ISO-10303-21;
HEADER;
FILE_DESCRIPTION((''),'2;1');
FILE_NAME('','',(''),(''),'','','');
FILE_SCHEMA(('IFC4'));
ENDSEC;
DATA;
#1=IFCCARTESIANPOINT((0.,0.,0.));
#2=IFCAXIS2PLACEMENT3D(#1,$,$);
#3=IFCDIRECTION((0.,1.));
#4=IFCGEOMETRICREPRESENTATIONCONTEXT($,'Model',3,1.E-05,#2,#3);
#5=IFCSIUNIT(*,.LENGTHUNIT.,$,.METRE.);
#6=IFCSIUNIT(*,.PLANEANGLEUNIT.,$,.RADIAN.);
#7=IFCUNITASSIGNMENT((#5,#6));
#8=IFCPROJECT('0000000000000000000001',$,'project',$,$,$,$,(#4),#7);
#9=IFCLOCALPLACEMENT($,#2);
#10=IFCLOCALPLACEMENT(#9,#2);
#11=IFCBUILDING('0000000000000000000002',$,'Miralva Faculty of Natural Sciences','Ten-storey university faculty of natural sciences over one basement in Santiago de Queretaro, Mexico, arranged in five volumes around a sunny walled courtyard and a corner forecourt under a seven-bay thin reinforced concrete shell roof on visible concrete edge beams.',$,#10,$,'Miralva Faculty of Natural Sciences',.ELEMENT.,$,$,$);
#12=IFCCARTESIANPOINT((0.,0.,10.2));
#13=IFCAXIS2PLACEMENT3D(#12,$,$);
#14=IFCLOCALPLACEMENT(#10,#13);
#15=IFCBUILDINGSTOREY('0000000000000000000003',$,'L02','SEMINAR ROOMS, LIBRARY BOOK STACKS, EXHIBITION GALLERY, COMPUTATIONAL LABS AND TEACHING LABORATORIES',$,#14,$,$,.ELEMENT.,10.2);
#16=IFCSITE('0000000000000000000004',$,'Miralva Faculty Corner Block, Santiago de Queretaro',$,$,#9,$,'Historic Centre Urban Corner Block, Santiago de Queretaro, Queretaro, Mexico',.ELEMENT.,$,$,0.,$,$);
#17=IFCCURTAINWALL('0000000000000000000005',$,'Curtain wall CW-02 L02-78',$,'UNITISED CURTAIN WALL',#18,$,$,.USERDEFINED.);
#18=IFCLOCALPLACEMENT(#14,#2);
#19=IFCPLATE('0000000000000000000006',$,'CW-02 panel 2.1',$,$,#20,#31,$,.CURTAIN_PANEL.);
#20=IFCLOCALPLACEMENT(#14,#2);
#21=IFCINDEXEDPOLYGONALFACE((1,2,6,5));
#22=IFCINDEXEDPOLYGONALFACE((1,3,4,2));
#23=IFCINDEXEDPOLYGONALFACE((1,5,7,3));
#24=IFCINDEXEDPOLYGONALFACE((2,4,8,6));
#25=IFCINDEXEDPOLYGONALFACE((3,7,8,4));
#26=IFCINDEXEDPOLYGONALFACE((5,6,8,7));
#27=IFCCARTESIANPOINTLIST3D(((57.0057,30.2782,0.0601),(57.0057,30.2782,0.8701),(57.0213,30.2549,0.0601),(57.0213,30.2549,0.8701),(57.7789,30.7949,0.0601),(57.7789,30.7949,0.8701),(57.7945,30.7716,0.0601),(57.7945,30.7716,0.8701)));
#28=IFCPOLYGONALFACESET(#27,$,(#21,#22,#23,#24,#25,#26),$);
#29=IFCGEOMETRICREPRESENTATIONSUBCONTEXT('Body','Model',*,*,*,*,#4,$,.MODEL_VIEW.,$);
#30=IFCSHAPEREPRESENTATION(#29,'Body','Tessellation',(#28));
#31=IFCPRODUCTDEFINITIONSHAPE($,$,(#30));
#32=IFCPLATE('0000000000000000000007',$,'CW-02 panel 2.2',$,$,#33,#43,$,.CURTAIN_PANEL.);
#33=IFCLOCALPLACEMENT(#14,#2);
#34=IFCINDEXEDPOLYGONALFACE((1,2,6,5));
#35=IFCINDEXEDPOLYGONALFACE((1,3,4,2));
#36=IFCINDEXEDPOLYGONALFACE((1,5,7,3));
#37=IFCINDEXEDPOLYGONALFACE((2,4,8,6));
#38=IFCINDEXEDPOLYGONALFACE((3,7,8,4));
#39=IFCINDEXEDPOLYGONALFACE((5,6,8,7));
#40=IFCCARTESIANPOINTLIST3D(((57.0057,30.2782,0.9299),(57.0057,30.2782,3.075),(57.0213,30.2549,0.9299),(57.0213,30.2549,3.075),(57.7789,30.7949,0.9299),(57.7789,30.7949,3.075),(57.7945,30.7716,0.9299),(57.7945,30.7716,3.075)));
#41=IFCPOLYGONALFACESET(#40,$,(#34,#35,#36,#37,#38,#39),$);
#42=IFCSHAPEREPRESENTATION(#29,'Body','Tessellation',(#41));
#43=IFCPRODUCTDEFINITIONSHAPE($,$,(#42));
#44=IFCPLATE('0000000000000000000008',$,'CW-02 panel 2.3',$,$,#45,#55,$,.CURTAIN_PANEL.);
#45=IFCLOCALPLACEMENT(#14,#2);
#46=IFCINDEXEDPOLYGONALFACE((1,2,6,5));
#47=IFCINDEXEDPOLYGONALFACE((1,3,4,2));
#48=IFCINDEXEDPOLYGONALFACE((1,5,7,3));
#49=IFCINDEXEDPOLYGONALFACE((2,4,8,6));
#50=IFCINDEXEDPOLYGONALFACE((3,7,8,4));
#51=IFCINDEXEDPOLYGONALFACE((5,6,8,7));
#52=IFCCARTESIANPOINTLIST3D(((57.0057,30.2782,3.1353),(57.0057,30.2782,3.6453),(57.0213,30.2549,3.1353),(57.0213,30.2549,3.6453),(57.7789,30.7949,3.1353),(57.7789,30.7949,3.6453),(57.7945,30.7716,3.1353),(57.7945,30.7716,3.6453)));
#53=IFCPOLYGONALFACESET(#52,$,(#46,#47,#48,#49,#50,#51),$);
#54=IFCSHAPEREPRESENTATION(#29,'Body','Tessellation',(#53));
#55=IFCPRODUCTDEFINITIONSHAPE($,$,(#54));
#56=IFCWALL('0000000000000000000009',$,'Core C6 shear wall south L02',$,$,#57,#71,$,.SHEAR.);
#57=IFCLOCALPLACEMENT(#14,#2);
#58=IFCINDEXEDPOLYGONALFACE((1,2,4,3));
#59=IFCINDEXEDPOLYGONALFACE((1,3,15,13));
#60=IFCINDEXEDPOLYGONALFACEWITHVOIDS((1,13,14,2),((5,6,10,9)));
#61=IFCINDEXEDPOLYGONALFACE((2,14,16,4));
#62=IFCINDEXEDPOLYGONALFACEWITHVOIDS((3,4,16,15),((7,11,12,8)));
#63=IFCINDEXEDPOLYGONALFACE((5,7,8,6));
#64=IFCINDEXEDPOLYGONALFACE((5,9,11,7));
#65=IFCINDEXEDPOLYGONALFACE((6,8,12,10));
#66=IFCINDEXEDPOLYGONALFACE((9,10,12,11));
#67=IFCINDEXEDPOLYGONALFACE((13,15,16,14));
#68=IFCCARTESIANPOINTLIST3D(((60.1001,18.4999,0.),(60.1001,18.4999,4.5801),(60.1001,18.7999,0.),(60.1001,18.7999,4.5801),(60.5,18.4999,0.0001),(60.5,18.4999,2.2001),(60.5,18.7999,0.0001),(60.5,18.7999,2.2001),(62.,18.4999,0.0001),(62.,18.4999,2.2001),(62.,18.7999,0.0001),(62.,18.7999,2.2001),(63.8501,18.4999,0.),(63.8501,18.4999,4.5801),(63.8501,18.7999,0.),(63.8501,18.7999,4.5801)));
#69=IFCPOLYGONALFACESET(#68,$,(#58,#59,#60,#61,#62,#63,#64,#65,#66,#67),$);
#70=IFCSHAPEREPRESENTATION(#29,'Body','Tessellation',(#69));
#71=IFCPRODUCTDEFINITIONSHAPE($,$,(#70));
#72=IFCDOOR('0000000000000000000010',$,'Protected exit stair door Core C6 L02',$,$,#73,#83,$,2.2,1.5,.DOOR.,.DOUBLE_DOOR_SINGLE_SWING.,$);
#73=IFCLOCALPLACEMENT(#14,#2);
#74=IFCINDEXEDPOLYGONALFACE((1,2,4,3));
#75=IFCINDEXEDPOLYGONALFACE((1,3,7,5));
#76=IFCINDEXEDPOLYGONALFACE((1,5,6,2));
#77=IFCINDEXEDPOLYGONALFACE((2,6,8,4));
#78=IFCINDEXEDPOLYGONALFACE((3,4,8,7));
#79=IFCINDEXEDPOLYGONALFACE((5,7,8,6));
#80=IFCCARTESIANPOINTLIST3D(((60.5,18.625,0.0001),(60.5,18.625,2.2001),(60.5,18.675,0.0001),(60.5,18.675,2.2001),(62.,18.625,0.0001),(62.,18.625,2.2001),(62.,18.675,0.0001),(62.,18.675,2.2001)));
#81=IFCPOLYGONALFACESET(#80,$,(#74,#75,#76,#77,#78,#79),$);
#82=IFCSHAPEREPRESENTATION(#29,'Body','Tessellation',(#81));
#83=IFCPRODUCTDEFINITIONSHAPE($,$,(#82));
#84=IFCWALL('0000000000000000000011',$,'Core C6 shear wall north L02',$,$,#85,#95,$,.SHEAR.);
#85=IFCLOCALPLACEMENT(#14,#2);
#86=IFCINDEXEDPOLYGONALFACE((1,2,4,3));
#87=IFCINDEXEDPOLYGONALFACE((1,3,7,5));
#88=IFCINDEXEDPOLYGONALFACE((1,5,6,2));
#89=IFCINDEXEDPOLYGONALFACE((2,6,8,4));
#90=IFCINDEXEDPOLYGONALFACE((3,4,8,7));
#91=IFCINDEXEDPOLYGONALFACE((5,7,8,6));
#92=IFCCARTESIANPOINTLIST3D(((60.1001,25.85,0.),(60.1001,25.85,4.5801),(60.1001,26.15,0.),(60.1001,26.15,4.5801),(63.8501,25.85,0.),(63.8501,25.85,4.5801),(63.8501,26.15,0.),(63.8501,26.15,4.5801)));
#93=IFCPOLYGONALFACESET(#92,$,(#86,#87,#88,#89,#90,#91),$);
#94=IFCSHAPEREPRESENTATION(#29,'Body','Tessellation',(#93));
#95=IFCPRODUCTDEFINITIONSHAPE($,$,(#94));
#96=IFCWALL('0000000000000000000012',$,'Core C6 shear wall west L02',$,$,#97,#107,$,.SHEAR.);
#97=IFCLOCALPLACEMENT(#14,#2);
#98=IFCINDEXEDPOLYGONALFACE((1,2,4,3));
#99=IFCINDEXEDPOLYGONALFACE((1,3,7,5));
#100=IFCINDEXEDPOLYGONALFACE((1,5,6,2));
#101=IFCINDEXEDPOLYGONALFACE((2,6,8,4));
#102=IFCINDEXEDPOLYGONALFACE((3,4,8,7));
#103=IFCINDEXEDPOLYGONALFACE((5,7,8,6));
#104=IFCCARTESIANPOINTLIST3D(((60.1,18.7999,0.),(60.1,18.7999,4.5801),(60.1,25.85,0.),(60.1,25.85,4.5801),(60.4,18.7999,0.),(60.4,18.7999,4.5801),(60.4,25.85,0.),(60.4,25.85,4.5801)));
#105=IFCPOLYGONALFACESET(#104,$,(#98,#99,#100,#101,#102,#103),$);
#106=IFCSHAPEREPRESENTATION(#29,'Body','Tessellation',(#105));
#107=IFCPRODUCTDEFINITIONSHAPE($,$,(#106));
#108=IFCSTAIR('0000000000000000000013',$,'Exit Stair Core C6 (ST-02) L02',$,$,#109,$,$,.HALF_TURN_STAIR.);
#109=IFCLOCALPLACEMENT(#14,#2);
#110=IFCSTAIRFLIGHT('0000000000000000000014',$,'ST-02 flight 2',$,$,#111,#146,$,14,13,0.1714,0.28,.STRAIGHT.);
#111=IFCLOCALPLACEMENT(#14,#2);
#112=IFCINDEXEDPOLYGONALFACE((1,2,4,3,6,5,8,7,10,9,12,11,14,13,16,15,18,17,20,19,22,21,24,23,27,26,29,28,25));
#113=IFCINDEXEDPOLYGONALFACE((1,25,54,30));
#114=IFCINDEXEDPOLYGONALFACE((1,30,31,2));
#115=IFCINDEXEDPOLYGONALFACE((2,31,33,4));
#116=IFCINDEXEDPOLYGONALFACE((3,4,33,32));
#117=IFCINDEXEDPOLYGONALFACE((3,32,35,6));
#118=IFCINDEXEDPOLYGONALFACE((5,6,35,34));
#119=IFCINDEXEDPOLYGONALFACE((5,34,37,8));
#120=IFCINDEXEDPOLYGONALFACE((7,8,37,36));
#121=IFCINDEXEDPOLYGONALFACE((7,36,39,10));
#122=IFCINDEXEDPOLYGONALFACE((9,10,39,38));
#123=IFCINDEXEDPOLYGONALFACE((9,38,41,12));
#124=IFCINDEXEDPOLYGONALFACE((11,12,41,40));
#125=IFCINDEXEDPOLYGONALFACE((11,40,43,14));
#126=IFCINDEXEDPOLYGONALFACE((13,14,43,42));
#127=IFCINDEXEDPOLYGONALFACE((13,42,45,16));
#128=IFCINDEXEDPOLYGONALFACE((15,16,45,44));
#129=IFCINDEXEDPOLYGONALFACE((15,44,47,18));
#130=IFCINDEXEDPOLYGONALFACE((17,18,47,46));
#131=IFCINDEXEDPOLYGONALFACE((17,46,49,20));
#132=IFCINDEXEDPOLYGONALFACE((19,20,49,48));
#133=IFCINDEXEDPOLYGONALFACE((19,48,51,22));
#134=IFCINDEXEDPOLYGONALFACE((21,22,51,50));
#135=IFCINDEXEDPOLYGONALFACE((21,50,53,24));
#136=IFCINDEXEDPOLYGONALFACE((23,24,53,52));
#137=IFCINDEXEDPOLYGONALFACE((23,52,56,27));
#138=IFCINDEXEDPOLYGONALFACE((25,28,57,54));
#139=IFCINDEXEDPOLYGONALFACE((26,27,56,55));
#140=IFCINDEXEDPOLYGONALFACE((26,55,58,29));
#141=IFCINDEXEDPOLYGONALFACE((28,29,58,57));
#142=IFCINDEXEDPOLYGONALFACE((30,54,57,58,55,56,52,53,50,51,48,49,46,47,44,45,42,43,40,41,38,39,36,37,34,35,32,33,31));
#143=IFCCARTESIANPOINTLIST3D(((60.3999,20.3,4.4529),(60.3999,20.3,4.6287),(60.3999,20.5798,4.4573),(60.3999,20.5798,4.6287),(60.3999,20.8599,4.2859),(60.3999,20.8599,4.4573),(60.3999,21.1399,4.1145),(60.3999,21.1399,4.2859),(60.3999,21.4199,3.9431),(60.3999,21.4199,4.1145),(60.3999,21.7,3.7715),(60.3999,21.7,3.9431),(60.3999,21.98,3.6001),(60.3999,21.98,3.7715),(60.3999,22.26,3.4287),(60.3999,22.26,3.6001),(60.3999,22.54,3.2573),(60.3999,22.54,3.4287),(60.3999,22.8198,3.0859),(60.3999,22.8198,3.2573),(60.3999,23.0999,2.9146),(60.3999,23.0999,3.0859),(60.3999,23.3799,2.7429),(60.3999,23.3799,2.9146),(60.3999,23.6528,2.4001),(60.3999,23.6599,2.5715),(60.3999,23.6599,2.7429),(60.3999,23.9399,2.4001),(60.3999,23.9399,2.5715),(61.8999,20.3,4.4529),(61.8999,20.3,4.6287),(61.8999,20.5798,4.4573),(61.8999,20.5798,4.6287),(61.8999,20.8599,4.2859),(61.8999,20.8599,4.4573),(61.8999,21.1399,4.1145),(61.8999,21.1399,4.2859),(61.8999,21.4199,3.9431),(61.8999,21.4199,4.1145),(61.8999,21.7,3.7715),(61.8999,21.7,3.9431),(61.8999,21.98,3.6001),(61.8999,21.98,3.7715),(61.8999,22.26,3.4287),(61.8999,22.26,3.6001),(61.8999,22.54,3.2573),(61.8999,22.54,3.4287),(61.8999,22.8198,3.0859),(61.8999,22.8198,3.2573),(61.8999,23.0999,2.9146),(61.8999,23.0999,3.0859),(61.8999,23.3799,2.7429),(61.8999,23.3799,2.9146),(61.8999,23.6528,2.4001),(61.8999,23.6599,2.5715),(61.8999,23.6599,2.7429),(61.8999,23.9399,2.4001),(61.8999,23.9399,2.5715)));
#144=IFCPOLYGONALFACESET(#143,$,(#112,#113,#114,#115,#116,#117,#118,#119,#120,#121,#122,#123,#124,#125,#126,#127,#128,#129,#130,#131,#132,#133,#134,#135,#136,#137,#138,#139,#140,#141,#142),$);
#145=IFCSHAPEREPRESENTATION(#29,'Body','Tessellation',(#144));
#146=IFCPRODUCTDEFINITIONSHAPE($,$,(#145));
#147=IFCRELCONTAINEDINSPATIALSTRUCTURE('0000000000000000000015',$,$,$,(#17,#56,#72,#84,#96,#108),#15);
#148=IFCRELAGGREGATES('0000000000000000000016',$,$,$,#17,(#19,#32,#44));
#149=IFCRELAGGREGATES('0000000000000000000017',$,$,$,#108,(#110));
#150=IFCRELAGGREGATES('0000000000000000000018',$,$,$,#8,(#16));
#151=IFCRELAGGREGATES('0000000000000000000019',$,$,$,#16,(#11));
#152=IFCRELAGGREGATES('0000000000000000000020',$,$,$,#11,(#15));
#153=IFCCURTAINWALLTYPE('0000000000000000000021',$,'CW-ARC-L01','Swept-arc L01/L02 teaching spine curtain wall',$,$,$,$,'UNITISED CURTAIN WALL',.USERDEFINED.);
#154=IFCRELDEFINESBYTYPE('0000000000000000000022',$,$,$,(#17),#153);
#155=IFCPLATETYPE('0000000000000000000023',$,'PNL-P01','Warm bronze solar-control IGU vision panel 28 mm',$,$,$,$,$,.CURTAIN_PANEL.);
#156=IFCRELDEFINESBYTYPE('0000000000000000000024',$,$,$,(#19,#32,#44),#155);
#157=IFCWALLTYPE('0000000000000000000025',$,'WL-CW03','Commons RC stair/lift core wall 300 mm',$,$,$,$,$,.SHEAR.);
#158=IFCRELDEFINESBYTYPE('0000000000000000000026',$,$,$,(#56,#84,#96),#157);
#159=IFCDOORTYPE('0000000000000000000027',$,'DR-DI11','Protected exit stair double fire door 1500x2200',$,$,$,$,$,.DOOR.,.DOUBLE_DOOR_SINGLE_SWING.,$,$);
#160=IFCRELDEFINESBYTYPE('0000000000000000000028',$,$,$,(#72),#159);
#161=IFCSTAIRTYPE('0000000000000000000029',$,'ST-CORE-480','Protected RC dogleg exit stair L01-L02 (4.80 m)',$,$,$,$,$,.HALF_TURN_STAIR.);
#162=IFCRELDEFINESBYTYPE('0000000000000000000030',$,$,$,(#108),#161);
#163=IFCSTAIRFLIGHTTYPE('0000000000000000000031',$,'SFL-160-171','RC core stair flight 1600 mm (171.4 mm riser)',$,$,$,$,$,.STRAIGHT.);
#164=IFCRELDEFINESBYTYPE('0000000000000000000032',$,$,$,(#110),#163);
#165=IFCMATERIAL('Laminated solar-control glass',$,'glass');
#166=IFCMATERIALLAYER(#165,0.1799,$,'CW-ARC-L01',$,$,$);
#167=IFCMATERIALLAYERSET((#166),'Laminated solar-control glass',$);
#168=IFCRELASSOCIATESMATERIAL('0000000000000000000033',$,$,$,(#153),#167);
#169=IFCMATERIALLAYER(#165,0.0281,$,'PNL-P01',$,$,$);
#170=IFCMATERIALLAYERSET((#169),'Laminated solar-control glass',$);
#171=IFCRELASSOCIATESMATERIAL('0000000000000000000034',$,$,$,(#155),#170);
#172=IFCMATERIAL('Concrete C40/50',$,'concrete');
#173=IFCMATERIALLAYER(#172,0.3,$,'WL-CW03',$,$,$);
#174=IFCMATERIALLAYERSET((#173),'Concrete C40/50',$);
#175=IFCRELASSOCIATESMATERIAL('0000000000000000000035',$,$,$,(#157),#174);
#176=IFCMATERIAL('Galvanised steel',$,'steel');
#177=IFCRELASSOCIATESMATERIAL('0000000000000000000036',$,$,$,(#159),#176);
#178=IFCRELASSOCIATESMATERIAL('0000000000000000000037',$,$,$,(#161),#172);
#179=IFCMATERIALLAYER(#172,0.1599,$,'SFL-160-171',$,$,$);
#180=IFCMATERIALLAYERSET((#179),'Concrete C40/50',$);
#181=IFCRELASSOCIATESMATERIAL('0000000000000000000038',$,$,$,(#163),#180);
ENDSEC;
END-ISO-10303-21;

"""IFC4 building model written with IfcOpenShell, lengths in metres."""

from ifc_helpers import new_model, si_unit, direction, frame, frame_2d, origin, origin_2d, place, context, subcontext, project, spatial, polyline, rectangle, outline, extrude, material, layer, layer_set, type_object, element, fill, aggregate, save


model = new_model("IFC4")

# Units and contexts
model_context = context("Model", 3, precision=1e-05, world=origin(), true_north=direction((0.0, 1.0)))
body_context = subcontext(model_context, "Body", "Model", "MODEL_VIEW")
ifc_project = project(units=[si_unit("LENGTHUNIT", "METRE"), si_unit("PLANEANGLEUNIT", "RADIAN")], contexts=[model_context])

# Site, building, storey
site_placement = place(None, origin())
site = spatial("IfcSite", under=ifc_project, at=site_placement, Name="Miralva Faculty Corner Block, Santiago de Queretaro", LongName="Historic Centre Urban Corner Block, Santiago de Queretaro, Queretaro, Mexico", CompositionType="ELEMENT", RefElevation=0.0)
building_placement = place(site_placement, origin())
building = spatial("IfcBuilding", under=site, at=building_placement, Name="Miralva Faculty of Natural Sciences", Description="Ten-storey university faculty of natural sciences over one basement in Santiago de Queretaro, Mexico, arranged in five volumes around a sunny walled courtyard and a corner forecourt under a seven-bay thin reinforced concrete shell roof on visible concrete edge beams.", LongName="Miralva Faculty of Natural Sciences", CompositionType="ELEMENT")
storey_placement = place(building_placement, frame((0.0, 0.0, 10.2)))
storey = spatial("IfcBuildingStorey", under=building, at=storey_placement, Name="L02", Description="SEMINAR ROOMS, LIBRARY BOOK STACKS, EXHIBITION GALLERY, COMPUTATIONAL LABS AND TEACHING LABORATORIES", CompositionType="ELEMENT", Elevation=10.2)

# Shared definitions
ifc_material_1 = material(Name="Concrete C40/50", Category="concrete")

# Shared definitions
ifc_material_2 = material(Name="Laminated solar-control glass", Category="glass")
ifc_layer_1 = layer(ifc_material_2, 0.1799, Name="CW-ARC-L01")
ifc_layer_set_1 = layer_set([ifc_layer_1], Name="Laminated solar-control glass")
curtain_wall_type = type_object("IfcCurtainWallType", Name="CW-ARC-L01", Description="Swept-arc L01/L02 teaching spine curtain wall", ElementType="UNITISED CURTAIN WALL", PredefinedType="USERDEFINED", material=ifc_layer_set_1)

# Curtain wall
curtain_wall_1_placement = place(storey_placement, origin())
curtain_wall_1 = element("IfcCurtainWall", 1, at=curtain_wall_1_placement, inside=storey, type_object=curtain_wall_type, Name="Curtain wall CW-02 L02-78", ObjectType="UNITISED CURTAIN WALL", PredefinedType="USERDEFINED")

# Plates
ifc_layer_2 = layer(ifc_material_2, 0.0281, Name="PNL-P01")
ifc_layer_set_2 = layer_set([ifc_layer_2], Name="Laminated solar-control glass")
plate_type = type_object("IfcPlateType", Name="PNL-P01", Description="Warm bronze solar-control IGU vision panel 28 mm", PredefinedType="CURTAIN_PANEL", material=ifc_layer_set_2)
plate_1_placement = place(storey_placement, frame((57.4001, 30.5249, 0.0601), z_axis=(0.0, 0.0, 1.0), x_axis=(0.831458, 0.555587, 0.0)))
plate_1 = element("IfcPlate", 2, at=plate_1_placement, type_object=plate_type, Name="CW-02 panel 2.1", PredefinedType="CURTAIN_PANEL", context=body_context, shape_type="SweptSolid", body=[
    extrude(rectangle(XDim=0.9299, YDim=0.0281, at=origin_2d()), origin(), (0.0, 0.0, 1.0), 0.8101),
])
plate_2_placement = place(storey_placement, frame((57.4001, 30.5249, 0.9299), z_axis=(0.0, 0.0, 1.0), x_axis=(0.831458, 0.555587, 0.0)))
plate_2 = element("IfcPlate", 3, at=plate_2_placement, type_object=plate_type, Name="CW-02 panel 2.2", PredefinedType="CURTAIN_PANEL", context=body_context, shape_type="SweptSolid", body=[
    extrude(rectangle(XDim=0.9299, YDim=0.0281, at=origin_2d()), origin(), (0.0, 0.0, 1.0), 2.145),
])
plate_3_placement = place(storey_placement, frame((57.4001, 30.5249, 3.1353), z_axis=(0.0, 0.0, 1.0), x_axis=(0.831458, 0.555587, 0.0)))
plate_3 = element("IfcPlate", 4, at=plate_3_placement, type_object=plate_type, Name="CW-02 panel 2.3", PredefinedType="CURTAIN_PANEL", context=body_context, shape_type="SweptSolid", body=[
    extrude(rectangle(XDim=0.9299, YDim=0.0281, at=origin_2d()), origin(), (0.0, 0.0, 1.0), 0.51),
])
aggregate(curtain_wall_1, [plate_1, plate_2, plate_3])

# Wall, opening, door
ifc_layer_3 = layer(ifc_material_1, 0.3, Name="WL-CW03")
ifc_layer_set_3 = layer_set([ifc_layer_3], Name="Concrete C40/50")
wall_type = type_object("IfcWallType", Name="WL-CW03", Description="Commons RC stair/lift core wall 300 mm", PredefinedType="SHEAR", material=ifc_layer_set_3)
wall_1_placement = place(storey_placement, frame((60.1001, 18.6499, 0.0), z_axis=(0.0, 0.0, 1.0), x_axis=(1.0, 0.0, 0.0)))
wall_1 = element("IfcWall", 5, at=wall_1_placement, inside=storey, type_object=wall_type, Name="Core C6 shear wall south L02", PredefinedType="SHEAR", context=body_context, shape_type="SweptSolid", body=[
    extrude(rectangle(XDim=3.75, YDim=0.3, at=frame_2d((1.875, 0.0))), origin(), (0.0, 0.0, 1.0), 4.5801),
])
opening_placement = place(wall_1_placement, frame((0.3999, 0.0, 0.0)))
opening = element("IfcOpeningElement", 6, at=opening_placement, cuts=wall_1, PredefinedType="OPENING", context=body_context, shape_type="SweptSolid", body=[
    extrude(rectangle(XDim=1.5, YDim=2.2, at=frame_2d((0.75, 1.1001))), frame((0.0, 0.1599, 0.0), z_axis=(0.0, -1.0, 0.0), x_axis=(1.0, 0.0, 0.0)), (0.0, 0.0, 1.0), 0.3201),
])
ifc_material_3 = material(Name="Galvanised steel", Category="steel")
door_type = type_object("IfcDoorType", Name="DR-DI11", Description="Protected exit stair double fire door 1500x2200", OperationType="DOUBLE_DOOR_SINGLE_SWING", PredefinedType="DOOR", material=ifc_material_3)
door_placement = place(opening_placement, frame((1.5, 0.0, 0.0), z_axis=(0.0, 0.0, 1.0), x_axis=(-1.0, 0.0, 0.0)))
door = element("IfcDoor", 7, at=door_placement, inside=storey, type_object=door_type, Name="Protected exit stair door Core C6 L02", OperationType="DOUBLE_DOOR_SINGLE_SWING", OverallHeight=2.2, OverallWidth=1.5, PredefinedType="DOOR", context=body_context, shape_type="SweptSolid", body=[
    extrude(rectangle(XDim=1.5, YDim=2.2, at=frame_2d((0.75, 1.1001))), frame((0.0, 0.0249, 0.0), z_axis=(0.0, -1.0, 0.0), x_axis=(1.0, 0.0, 0.0)), (0.0, 0.0, 1.0), 0.05),
])
fill(opening, door)

# Walls
wall_2_placement = place(storey_placement, frame((60.1001, 26.0, 0.0), z_axis=(0.0, 0.0, 1.0), x_axis=(1.0, 0.0, 0.0)))
element("IfcWall", 8, at=wall_2_placement, inside=storey, type_object=wall_type, Name="Core C6 shear wall north L02", PredefinedType="SHEAR", context=body_context, shape_type="SweptSolid", body=[
    extrude(rectangle(XDim=3.75, YDim=0.3, at=frame_2d((1.875, 0.0))), origin(), (0.0, 0.0, 1.0), 4.5801),
])
wall_3_placement = place(storey_placement, frame((60.25, 18.8, 0.0), z_axis=(0.0, 0.0, 1.0), x_axis=(0.0, 1.0, 0.0)))
element("IfcWall", 9, at=wall_3_placement, inside=storey, type_object=wall_type, Name="Core C6 shear wall west L02", PredefinedType="SHEAR", context=body_context, shape_type="SweptSolid", body=[
    extrude(rectangle(XDim=7.05, YDim=0.3, at=frame_2d((3.5249, 0.0))), origin(), (0.0, 0.0, 1.0), 4.5801),
])

# Stair, stair flight
stair_type = type_object("IfcStairType", Name="ST-CORE-480", Description="Protected RC dogleg exit stair L01-L02 (4.80 m)", PredefinedType="HALF_TURN_STAIR", material=ifc_material_1)
stair_placement = place(storey_placement, origin())
stair = element("IfcStair", 10, at=stair_placement, inside=storey, type_object=stair_type, Name="Exit Stair Core C6 (ST-02) L02", PredefinedType="HALF_TURN_STAIR")
ifc_layer_4 = layer(ifc_material_1, 0.1599, Name="SFL-160-171")
ifc_layer_set_4 = layer_set([ifc_layer_4], Name="Concrete C40/50")
stair_flight_type = type_object("IfcStairFlightType", Name="SFL-160-171", Description="RC core stair flight 1600 mm (171.4 mm riser)", PredefinedType="STRAIGHT", material=ifc_layer_set_4)
stair_flight_placement = place(storey_placement, frame((61.1499, 23.9399, 2.4001), z_axis=(0.0, 0.0, 1.0), x_axis=(0.0, -1.0, 0.0)))
stair_flight = element("IfcStairFlight", 11, at=stair_flight_placement, type_object=stair_flight_type, Name="ST-02 flight 2", NumberOfRisers=14, NumberOfTreads=13, PredefinedType="STRAIGHT", RiserHeight=0.1714, TreadLength=0.28, context=body_context, shape_type="SweptSolid", body=[
    extrude(outline(polyline([(0.0, 0.0), (0.0, 0.1714), (0.28, 0.1714), (0.28, 0.3428), (0.5601, 0.3428), (0.5601, 0.5144), (0.8401, 0.5144), (0.8401, 0.6858), (1.1201, 0.6858), (1.1201, 0.8572), (1.3999, 0.8572), (1.3999, 1.0286), (1.6799, 1.0286), (1.6799, 1.2), (1.96, 1.2), (1.96, 1.3713), (2.24, 1.3713), (2.24, 1.543), (2.52, 1.543), (2.52, 1.7144), (2.8, 1.7144), (2.8, 1.8857), (3.0801, 1.8857), (3.0801, 2.0571), (3.3601, 2.0571), (3.3601, 2.2285), (3.6399, 2.2285), (3.6399, 2.3999), (3.6399, 2.0527), (0.2871, 0.0), (0.0, 0.0)])), frame((0.0, 0.75, 0.0), z_axis=(0.0, -1.0, 0.0), x_axis=(1.0, 0.0, 0.0)), (0.0, 0.0, 1.0), 1.5),
])
aggregate(stair, [stair_flight])

save(model, "model.ifc")
